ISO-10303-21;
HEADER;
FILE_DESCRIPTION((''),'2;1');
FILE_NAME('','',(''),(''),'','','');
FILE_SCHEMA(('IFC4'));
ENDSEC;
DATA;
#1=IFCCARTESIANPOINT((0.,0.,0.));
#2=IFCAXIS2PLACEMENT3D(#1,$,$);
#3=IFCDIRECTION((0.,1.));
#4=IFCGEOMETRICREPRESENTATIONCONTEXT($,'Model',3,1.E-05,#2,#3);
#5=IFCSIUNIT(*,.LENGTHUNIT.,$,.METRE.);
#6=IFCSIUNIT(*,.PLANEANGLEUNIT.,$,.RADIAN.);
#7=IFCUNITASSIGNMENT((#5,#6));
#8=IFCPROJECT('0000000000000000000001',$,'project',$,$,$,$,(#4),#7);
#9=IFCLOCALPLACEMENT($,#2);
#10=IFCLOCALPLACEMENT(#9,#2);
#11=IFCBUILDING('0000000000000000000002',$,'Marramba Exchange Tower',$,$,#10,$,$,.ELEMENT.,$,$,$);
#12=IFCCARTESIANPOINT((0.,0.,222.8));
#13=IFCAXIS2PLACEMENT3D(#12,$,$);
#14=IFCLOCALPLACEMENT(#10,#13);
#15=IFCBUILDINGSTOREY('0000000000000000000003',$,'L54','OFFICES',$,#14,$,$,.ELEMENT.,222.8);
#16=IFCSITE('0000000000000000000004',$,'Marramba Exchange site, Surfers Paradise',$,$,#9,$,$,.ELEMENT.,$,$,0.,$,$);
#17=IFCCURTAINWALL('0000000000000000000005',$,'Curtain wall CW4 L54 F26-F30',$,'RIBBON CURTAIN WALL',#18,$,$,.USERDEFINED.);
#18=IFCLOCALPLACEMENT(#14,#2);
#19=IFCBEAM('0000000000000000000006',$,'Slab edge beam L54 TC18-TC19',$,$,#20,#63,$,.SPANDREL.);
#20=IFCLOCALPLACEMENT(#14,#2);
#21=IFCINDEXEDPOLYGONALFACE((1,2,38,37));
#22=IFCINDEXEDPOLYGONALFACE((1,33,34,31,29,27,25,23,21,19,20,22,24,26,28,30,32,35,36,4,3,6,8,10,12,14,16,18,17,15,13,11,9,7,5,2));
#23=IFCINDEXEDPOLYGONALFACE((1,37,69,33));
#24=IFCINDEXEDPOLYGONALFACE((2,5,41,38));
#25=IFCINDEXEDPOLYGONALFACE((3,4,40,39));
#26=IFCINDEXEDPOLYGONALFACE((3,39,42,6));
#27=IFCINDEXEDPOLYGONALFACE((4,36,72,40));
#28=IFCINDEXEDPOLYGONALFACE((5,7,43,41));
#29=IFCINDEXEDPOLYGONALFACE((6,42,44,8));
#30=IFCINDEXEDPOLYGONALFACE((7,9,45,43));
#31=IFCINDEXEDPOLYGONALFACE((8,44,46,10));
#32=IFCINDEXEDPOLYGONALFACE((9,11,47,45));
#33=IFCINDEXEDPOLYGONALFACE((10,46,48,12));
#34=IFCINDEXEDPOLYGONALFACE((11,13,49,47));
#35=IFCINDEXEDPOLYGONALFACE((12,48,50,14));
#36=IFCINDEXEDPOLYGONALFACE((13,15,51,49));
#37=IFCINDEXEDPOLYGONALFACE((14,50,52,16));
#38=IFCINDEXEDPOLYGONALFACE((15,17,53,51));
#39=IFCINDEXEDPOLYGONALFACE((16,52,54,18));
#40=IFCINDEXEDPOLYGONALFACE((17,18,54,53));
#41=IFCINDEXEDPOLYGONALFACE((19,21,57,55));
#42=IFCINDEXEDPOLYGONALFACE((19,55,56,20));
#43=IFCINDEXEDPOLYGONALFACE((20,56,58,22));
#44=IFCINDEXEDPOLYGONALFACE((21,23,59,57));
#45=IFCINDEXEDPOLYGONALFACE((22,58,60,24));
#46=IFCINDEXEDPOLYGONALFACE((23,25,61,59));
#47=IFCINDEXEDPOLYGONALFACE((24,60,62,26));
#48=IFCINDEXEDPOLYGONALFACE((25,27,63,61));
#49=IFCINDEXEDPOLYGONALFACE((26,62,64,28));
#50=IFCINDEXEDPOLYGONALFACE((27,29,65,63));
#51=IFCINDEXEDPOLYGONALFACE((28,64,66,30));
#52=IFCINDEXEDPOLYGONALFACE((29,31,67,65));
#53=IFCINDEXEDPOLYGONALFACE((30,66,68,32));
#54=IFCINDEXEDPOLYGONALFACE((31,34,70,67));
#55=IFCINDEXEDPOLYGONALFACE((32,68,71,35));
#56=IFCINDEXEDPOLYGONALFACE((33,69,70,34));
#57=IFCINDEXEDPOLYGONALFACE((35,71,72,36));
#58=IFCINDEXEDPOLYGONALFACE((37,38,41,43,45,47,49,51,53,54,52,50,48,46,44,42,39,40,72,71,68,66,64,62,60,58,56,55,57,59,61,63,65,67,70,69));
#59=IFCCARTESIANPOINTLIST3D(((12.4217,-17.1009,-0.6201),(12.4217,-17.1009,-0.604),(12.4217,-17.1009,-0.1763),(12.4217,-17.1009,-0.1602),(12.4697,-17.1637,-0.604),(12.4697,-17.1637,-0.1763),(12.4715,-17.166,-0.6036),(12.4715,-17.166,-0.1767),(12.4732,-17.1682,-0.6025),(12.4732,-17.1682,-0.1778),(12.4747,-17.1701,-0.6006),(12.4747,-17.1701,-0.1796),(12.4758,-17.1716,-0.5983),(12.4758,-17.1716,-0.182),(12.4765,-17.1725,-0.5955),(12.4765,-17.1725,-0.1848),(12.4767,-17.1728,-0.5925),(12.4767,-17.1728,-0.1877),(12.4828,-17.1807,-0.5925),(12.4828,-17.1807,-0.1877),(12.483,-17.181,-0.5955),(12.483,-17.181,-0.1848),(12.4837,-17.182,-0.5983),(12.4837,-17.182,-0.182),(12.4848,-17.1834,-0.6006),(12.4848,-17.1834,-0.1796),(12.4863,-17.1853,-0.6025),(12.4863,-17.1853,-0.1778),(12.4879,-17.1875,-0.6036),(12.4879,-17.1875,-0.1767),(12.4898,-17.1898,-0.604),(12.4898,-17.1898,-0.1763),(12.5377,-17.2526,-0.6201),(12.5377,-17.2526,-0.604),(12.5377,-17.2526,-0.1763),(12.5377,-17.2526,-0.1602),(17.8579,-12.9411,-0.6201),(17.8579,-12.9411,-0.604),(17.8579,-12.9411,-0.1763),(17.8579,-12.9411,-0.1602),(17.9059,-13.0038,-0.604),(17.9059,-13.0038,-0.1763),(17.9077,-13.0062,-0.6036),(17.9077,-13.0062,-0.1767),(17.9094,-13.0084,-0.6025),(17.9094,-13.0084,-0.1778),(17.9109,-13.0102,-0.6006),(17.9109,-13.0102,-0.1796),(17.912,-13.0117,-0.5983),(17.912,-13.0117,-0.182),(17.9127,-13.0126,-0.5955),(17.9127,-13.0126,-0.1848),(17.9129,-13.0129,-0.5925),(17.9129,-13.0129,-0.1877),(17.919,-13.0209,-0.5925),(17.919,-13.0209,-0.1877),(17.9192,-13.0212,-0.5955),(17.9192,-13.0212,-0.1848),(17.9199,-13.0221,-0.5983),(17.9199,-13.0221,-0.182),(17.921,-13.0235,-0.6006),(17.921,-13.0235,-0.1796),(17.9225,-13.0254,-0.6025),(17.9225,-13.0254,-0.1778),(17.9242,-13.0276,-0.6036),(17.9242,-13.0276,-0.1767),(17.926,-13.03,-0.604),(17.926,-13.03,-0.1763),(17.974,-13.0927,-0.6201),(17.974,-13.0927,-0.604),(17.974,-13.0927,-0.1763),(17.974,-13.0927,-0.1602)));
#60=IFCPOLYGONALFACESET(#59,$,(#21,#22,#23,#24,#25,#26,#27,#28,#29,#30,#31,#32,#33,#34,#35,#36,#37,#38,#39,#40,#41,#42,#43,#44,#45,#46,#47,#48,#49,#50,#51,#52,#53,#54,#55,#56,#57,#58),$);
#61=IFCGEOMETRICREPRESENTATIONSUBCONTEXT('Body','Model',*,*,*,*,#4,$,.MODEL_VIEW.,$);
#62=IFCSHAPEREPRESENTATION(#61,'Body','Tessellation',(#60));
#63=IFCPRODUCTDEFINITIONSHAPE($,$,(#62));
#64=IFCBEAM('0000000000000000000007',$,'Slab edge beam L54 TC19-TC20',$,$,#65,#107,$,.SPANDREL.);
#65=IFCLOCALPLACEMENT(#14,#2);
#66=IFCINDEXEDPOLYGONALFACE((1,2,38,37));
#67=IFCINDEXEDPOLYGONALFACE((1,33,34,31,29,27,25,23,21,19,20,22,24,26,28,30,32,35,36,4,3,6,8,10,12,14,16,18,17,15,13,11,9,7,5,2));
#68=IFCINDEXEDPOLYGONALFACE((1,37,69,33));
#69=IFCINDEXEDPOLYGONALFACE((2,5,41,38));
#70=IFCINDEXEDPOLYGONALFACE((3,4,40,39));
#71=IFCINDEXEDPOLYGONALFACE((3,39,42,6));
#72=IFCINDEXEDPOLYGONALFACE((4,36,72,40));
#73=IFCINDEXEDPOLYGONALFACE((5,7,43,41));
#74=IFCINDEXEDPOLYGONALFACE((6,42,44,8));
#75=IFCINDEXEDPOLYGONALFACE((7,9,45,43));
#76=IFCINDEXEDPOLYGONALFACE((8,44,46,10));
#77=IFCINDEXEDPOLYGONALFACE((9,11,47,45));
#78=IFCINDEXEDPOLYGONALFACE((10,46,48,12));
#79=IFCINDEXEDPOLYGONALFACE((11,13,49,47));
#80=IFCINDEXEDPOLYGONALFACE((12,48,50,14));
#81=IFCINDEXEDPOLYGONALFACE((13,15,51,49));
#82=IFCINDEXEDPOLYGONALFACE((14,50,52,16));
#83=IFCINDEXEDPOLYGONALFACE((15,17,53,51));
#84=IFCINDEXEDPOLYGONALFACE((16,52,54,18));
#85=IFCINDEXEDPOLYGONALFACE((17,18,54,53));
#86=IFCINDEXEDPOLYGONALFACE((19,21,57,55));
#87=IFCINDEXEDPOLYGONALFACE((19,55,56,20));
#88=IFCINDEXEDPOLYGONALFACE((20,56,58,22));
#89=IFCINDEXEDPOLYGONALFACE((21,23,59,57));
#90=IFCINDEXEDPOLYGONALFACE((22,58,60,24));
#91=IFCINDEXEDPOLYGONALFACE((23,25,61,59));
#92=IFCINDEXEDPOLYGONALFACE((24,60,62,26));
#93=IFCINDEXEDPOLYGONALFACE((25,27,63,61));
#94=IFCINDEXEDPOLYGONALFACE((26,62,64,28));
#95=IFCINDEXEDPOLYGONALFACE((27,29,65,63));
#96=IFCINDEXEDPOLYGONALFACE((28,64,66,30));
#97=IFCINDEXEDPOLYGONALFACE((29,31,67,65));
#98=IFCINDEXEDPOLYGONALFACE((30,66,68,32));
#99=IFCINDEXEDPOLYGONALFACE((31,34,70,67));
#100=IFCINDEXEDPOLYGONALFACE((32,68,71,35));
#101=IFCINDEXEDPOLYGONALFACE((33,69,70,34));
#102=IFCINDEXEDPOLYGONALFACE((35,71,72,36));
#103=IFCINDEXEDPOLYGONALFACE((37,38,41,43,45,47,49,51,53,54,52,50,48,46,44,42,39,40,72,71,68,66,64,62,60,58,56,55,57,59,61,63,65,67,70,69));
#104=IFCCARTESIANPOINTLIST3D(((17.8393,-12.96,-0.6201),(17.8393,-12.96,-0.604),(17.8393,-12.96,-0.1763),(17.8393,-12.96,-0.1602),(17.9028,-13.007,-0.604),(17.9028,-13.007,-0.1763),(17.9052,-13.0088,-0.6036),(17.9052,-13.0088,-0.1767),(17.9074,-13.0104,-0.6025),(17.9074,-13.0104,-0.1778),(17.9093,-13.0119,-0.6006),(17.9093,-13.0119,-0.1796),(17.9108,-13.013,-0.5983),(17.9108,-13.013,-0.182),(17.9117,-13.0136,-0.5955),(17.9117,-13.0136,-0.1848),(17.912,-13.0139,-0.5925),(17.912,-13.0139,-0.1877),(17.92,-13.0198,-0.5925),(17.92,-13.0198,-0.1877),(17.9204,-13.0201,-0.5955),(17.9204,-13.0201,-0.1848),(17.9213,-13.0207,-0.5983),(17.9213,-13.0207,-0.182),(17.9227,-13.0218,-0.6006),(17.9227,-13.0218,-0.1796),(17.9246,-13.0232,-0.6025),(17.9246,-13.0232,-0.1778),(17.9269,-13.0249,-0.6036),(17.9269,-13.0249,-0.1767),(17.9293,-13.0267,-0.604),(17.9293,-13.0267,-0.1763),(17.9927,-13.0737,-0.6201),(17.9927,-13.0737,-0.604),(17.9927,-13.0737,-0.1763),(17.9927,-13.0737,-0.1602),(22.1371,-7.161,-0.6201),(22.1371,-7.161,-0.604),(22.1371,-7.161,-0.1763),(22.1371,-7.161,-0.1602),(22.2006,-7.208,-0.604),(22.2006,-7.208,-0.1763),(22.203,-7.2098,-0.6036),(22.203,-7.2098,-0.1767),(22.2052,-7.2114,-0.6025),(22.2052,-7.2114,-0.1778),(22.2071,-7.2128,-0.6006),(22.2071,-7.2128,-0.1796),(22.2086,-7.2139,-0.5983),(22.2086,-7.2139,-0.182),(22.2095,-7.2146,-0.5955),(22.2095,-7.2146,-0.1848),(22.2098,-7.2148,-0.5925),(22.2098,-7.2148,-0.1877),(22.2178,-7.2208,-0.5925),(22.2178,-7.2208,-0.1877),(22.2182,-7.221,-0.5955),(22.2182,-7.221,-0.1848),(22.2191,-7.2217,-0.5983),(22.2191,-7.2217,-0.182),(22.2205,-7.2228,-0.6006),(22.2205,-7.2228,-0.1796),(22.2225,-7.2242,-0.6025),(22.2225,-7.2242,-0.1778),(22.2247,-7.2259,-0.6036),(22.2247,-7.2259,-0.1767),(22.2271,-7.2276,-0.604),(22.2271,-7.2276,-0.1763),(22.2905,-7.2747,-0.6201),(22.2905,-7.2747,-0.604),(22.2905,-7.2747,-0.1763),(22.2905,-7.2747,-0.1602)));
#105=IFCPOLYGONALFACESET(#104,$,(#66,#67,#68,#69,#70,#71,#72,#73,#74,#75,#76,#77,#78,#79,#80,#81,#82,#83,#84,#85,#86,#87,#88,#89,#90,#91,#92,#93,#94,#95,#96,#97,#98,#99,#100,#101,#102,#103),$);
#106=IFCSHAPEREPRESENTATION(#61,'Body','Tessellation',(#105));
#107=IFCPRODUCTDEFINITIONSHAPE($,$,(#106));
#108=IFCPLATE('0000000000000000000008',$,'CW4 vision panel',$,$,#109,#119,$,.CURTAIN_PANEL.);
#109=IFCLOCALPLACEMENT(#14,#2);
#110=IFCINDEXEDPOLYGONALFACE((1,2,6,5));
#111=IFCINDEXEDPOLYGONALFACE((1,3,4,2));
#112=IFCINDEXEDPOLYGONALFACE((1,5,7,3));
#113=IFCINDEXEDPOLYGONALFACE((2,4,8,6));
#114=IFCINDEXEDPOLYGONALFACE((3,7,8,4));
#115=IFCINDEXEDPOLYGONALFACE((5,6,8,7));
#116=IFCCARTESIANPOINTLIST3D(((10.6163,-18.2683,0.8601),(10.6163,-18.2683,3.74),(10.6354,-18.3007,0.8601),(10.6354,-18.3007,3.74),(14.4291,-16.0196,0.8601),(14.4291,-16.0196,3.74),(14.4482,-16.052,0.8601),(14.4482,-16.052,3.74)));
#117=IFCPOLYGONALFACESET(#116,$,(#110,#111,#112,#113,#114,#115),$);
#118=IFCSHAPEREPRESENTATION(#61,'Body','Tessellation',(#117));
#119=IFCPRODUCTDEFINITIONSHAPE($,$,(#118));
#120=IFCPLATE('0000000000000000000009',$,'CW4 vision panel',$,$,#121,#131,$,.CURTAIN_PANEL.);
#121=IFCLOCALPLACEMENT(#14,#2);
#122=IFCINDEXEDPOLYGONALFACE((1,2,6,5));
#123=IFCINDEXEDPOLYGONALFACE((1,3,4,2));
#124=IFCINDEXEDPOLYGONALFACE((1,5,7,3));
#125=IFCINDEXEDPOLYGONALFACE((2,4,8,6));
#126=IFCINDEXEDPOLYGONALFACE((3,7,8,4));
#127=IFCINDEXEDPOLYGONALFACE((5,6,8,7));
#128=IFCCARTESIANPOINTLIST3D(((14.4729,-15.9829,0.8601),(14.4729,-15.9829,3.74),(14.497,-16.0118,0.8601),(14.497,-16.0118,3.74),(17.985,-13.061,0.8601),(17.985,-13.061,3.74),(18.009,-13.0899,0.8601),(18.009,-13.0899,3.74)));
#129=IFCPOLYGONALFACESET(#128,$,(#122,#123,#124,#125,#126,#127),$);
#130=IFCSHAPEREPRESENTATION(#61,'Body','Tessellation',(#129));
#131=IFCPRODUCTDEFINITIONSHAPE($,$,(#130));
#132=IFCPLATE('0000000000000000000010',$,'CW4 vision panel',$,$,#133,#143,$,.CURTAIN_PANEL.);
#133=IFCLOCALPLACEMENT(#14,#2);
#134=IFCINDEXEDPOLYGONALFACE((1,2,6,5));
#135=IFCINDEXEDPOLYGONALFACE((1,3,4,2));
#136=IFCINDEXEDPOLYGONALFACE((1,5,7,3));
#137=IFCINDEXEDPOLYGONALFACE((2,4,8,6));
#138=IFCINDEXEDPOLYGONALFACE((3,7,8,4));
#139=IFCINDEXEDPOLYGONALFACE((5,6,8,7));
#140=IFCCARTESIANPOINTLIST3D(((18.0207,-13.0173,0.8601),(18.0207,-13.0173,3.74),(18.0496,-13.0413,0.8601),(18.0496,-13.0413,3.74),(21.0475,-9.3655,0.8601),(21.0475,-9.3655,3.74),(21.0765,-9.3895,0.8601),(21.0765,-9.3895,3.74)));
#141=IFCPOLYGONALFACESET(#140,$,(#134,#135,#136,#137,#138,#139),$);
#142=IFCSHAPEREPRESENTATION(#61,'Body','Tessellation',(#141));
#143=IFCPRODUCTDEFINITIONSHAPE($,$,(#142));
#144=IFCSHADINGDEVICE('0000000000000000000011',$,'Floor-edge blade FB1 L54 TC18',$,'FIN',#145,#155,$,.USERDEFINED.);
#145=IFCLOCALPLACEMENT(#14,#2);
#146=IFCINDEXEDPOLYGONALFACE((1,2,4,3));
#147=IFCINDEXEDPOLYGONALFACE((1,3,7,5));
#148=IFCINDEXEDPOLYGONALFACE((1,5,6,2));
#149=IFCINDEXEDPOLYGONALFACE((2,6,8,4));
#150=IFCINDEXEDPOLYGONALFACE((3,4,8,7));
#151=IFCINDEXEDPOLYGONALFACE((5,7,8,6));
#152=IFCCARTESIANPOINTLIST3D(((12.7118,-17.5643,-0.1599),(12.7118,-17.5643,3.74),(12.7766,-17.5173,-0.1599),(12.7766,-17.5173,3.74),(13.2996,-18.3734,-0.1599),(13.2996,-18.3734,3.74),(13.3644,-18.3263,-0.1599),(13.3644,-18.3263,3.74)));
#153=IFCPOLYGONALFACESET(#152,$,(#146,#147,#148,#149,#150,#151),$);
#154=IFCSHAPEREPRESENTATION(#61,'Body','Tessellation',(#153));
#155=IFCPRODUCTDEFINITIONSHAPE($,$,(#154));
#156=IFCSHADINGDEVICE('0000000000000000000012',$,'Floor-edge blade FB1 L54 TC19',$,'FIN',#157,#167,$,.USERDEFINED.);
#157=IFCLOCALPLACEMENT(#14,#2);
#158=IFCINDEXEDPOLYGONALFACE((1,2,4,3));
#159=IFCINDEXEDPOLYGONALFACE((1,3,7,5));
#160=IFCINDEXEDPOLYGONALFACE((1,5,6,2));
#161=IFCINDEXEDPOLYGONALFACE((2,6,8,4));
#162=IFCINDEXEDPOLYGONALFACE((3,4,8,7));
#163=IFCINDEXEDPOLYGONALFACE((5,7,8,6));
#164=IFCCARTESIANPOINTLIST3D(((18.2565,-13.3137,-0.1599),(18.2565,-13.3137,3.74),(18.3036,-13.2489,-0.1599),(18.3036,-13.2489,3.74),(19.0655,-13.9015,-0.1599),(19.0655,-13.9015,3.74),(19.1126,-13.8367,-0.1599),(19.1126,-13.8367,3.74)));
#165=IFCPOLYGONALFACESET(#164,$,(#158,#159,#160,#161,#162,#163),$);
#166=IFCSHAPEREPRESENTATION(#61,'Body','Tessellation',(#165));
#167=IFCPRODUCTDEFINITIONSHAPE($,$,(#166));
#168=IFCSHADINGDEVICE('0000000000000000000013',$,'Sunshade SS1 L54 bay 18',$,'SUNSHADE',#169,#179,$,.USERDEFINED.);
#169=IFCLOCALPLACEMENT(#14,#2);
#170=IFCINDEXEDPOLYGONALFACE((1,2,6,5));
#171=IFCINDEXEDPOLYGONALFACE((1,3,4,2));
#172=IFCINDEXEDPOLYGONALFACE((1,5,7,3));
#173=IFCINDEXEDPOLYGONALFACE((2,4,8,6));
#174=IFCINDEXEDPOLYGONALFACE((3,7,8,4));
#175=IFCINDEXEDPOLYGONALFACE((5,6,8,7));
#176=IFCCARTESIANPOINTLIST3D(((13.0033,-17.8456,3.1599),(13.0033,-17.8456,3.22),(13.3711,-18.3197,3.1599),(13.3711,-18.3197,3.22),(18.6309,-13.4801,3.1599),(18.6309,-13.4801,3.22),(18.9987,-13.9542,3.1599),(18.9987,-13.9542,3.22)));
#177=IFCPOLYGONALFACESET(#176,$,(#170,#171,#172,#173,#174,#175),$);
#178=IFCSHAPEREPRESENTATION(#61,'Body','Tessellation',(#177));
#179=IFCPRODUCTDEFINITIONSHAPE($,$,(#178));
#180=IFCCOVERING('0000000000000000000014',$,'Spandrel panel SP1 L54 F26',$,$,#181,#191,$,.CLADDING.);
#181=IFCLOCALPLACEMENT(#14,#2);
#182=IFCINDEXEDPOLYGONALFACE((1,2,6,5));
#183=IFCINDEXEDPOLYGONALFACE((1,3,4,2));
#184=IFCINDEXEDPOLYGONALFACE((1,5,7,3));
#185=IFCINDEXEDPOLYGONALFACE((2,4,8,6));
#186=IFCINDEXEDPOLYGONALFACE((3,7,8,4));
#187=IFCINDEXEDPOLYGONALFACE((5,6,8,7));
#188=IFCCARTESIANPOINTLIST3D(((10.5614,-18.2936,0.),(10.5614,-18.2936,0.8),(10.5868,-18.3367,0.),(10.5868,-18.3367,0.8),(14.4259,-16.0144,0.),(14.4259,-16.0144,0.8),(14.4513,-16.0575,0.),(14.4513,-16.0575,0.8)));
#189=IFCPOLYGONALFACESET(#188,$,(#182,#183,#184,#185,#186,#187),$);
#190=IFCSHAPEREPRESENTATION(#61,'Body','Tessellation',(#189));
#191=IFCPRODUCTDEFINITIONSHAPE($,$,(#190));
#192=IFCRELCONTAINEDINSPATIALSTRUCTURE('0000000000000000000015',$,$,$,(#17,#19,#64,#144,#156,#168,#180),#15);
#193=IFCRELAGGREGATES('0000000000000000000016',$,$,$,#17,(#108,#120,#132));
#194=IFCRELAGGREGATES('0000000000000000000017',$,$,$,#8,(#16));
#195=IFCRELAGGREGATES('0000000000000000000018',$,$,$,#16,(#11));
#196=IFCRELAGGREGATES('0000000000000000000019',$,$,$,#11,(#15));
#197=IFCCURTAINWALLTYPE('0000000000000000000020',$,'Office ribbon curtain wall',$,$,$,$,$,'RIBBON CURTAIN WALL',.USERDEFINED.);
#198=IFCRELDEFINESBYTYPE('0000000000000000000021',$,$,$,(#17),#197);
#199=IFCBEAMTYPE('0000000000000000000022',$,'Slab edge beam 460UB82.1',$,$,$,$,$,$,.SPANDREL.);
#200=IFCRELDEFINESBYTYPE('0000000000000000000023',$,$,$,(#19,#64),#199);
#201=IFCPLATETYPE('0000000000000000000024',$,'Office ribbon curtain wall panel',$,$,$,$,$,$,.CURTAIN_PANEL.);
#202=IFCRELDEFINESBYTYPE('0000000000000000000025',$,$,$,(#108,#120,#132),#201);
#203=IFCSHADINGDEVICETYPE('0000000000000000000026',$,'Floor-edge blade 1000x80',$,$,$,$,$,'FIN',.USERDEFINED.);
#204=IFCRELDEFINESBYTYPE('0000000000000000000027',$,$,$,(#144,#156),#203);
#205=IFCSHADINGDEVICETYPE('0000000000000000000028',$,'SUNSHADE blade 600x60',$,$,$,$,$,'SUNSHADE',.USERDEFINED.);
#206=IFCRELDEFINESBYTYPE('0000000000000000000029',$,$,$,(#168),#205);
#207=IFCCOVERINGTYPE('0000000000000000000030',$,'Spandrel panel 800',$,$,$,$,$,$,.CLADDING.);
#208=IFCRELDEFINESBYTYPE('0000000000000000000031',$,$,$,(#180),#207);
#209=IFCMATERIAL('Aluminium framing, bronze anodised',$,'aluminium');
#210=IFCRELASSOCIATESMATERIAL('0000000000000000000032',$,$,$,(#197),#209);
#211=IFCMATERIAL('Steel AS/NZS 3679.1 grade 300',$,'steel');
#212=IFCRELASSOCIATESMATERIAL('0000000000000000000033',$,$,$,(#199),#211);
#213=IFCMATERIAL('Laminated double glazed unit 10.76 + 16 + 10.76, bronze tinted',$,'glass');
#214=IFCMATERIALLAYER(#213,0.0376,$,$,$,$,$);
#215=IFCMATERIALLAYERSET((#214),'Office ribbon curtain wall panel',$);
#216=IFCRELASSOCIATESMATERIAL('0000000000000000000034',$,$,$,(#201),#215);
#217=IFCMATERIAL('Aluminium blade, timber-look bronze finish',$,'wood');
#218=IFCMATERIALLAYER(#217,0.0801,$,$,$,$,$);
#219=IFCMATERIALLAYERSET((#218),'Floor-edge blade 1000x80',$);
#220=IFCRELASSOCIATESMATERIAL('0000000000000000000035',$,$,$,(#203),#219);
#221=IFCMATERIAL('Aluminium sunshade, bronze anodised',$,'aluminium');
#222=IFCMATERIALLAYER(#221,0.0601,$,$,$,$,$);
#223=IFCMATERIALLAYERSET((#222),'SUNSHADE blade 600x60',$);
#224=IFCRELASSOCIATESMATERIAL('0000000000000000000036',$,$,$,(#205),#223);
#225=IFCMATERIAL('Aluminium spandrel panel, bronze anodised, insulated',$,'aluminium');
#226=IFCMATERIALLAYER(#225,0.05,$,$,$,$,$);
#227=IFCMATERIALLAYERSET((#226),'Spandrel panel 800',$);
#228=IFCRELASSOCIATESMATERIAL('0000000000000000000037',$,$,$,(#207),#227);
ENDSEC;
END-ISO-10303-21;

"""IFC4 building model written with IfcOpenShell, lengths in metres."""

from ifc_helpers import new_model, si_unit, direction, frame, origin, origin_2d, place, context, subcontext, project, spatial, rectangle, i_section, extrude, material, layer, layer_set, material_profile, profile_set, type_object, element, aggregate, save


model = new_model("IFC4")

# Units and contexts
model_context = context("Model", 3, precision=1e-05, world=origin(), true_north=direction((0.0, 1.0)))
body_context = subcontext(model_context, "Body", "Model", "MODEL_VIEW")
ifc_project = project(units=[si_unit("LENGTHUNIT", "METRE"), si_unit("PLANEANGLEUNIT", "RADIAN")], contexts=[model_context])

# Site, building, storey
site_placement = place(None, origin())
site = spatial("IfcSite", under=ifc_project, at=site_placement, Name="Marramba Exchange site, Surfers Paradise", CompositionType="ELEMENT", RefElevation=0.0)
building_placement = place(site_placement, origin())
building = spatial("IfcBuilding", under=site, at=building_placement, Name="Marramba Exchange Tower", CompositionType="ELEMENT")
storey_placement = place(building_placement, frame((0.0, 0.0, 222.8)))
storey = spatial("IfcBuildingStorey", under=building, at=storey_placement, Name="L54", Description="OFFICES", CompositionType="ELEMENT", Elevation=222.8)

# Curtain wall
ifc_material_1 = material(Name="Aluminium framing, bronze anodised", Category="aluminium")
curtain_wall_type = type_object("IfcCurtainWallType", Name="Office ribbon curtain wall", ElementType="RIBBON CURTAIN WALL", PredefinedType="USERDEFINED", material=ifc_material_1)
curtain_wall_placement = place(storey_placement, origin())
curtain_wall = element("IfcCurtainWall", 1, at=curtain_wall_placement, inside=storey, type_object=curtain_wall_type, Name="Curtain wall CW4 L54 F26-F30", ObjectType="RIBBON CURTAIN WALL", PredefinedType="USERDEFINED")

# Beams
ifc_material_2 = material(Name="Steel AS/NZS 3679.1 grade 300", Category="steel")
ifc_material_profile_1 = material_profile(ifc_material_2, i_section(OverallWidth=0.1909, OverallDepth=0.46, WebThickness=0.01, FlangeThickness=0.0161, FilletRadius=0.0115, at=origin_2d()), Name="460UB82.1")
ifc_profile_set_1 = profile_set([ifc_material_profile_1], Name="Steel AS/NZS 3679.1 grade 300")
beam_type_1 = type_object("IfcBeamType", Name="Slab edge beam 460UB82.1", PredefinedType="SPANDREL", material=ifc_profile_set_1)
beam_1_placement = place(storey_placement, frame((12.4797, -17.1768, -0.3901), z_axis=(0.794163, 0.607704, 0.0), x_axis=(-0.607704, 0.794163, 0.0)))
element("IfcBeam", 2, at=beam_1_placement, inside=storey, type_object=beam_type_1, Name="Slab edge beam L54 TC18-TC19", PredefinedType="SPANDREL", context=body_context, shape_type="SweptSolid", body=[
    extrude(i_section(OverallWidth=0.1909, OverallDepth=0.46, WebThickness=0.01, FlangeThickness=0.0161, FilletRadius=0.0115, at=origin_2d()), origin(), (0.0, 0.0, 1.0), 6.8452),
])
beam_2_placement = place(storey_placement, frame((17.916, -13.0168, -0.3901), z_axis=(0.595428, 0.803409, 0.0), x_axis=(-0.803409, 0.595428, 0.0)))
element("IfcBeam", 3, at=beam_2_placement, inside=storey, type_object=beam_type_1, Name="Slab edge beam L54 TC19-TC20", PredefinedType="SPANDREL", context=body_context, shape_type="SweptSolid", body=[
    extrude(i_section(OverallWidth=0.1909, OverallDepth=0.46, WebThickness=0.01, FlangeThickness=0.0161, FilletRadius=0.0115, at=origin_2d()), origin(), (0.0, 0.0, 1.0), 7.218),
])

# Plates
ifc_material_3 = material(Name="Laminated double glazed unit 10.76 + 16 + 10.76, bronze tinted", Category="glass")
ifc_layer_1 = layer(ifc_material_3, 0.0376)
ifc_layer_set_1 = layer_set([ifc_layer_1], Name="Office ribbon curtain wall panel")
plate_type = type_object("IfcPlateType", Name="Office ribbon curtain wall panel", PredefinedType="CURTAIN_PANEL", material=ifc_layer_set_1)
plate_1_placement = place(storey_placement, frame((12.5322, -17.1602, 0.8601), z_axis=(0.0, 0.0, 1.0), x_axis=(0.861351, 0.508011, 0.0)))
plate_1 = element("IfcPlate", 4, at=plate_1_placement, type_object=plate_type, Name="CW4 vision panel", PredefinedType="CURTAIN_PANEL", context=body_context, shape_type="SweptSolid", body=[
    extrude(rectangle(XDim=4.4265, YDim=0.0376, at=origin_2d()), origin(), (0.0, 0.0, 1.0), 2.8799),
])
plate_2_placement = place(storey_placement, frame((16.241, -14.5364, 0.8601), z_axis=(0.0, 0.0, 1.0), x_axis=(0.768737, 0.639565, 0.0)))
plate_2 = element("IfcPlate", 5, at=plate_2_placement, type_object=plate_type, Name="CW4 vision panel", PredefinedType="CURTAIN_PANEL", context=body_context, shape_type="SweptSolid", body=[
    extrude(rectangle(XDim=4.5686, YDim=0.0376, at=origin_2d()), origin(), (0.0, 0.0, 1.0), 2.8799),
])
plate_3_placement = place(storey_placement, frame((19.5486, -11.2034, 0.8601), z_axis=(0.0, 0.0, 1.0), x_axis=(0.63815, 0.769912, 0.0)))
plate_3 = element("IfcPlate", 6, at=plate_3_placement, type_object=plate_type, Name="CW4 vision panel", PredefinedType="CURTAIN_PANEL", context=body_context, shape_type="SweptSolid", body=[
    extrude(rectangle(XDim=4.7432, YDim=0.0376, at=origin_2d()), origin(), (0.0, 0.0, 1.0), 2.8799),
])
aggregate(curtain_wall, [plate_1, plate_2, plate_3])

# Shading devices
ifc_material_4 = material(Name="Aluminium blade, timber-look bronze finish", Category="wood")
ifc_layer_2 = layer(ifc_material_4, 0.0801)
ifc_layer_set_2 = layer_set([ifc_layer_2], Name="Floor-edge blade 1000x80")
shading_device_type_1 = type_object("IfcShadingDeviceType", Name="Floor-edge blade 1000x80", ElementType="FIN", PredefinedType="USERDEFINED", material=ifc_layer_set_2)
for number, where, z_axis, x_axis, name in (
    (7, (13.0381, -17.9453, -0.1599), (0.0, 0.0, 1.0), (0.587785, -0.809017, 0.0), "Floor-edge blade FB1 L54 TC18"),
    (8, (18.6846, -13.5752, -0.1599), (0.0, 0.0, 1.0), (0.809017, -0.587785, 0.0), "Floor-edge blade FB1 L54 TC19"),
):
    element("IfcShadingDevice", number, at=place(storey_placement, frame(where, z_axis=z_axis, x_axis=x_axis)), inside=storey, type_object=shading_device_type_1, Name=name, ObjectType="FIN", PredefinedType="USERDEFINED", context=body_context, shape_type="SweptSolid", body=[
        extrude(rectangle(XDim=1.0, YDim=0.0801, at=origin_2d()), origin(), (0.0, 0.0, 1.0), 3.8999),
    ])
ifc_material_5 = material(Name="Aluminium sunshade, bronze anodised", Category="aluminium")
ifc_layer_3 = layer(ifc_material_5, 0.0601)
ifc_layer_set_3 = layer_set([ifc_layer_3], Name="SUNSHADE blade 600x60")
shading_device_type_2 = type_object("IfcShadingDeviceType", Name="SUNSHADE blade 600x60", ElementType="SUNSHADE", PredefinedType="USERDEFINED", material=ifc_layer_set_3)
shading_device_placement = place(storey_placement, frame((16.001, -15.8999, 3.1599), z_axis=(0.0, 0.0, 1.0), x_axis=(0.790133, 0.612935, 0.0)))
element("IfcShadingDevice", 9, at=shading_device_placement, inside=storey, type_object=shading_device_type_2, Name="Sunshade SS1 L54 bay 18", ObjectType="SUNSHADE", PredefinedType="USERDEFINED", context=body_context, shape_type="SweptSolid", body=[
    extrude(rectangle(XDim=7.1223, YDim=0.6001, at=origin_2d()), origin(), (0.0, 0.0, 1.0), 0.0601),
])

# Covering
ifc_material_6 = material(Name="Aluminium spandrel panel, bronze anodised, insulated", Category="aluminium")
ifc_layer_4 = layer(ifc_material_6, 0.05)
ifc_layer_set_4 = layer_set([ifc_layer_4], Name="Spandrel panel 800")
covering_type = type_object("IfcCoveringType", Name="Spandrel panel 800", PredefinedType="CLADDING", material=ifc_layer_set_4)
covering_1_placement = place(storey_placement, frame((12.5063, -17.1755, 0.0), z_axis=(0.0, 0.0, 1.0), x_axis=(0.861351, 0.508011, 0.0)))
element("IfcCovering", 10, at=covering_1_placement, inside=storey, type_object=covering_type, Name="Spandrel panel SP1 L54 F26", PredefinedType="CLADDING", context=body_context, shape_type="SweptSolid", body=[
    extrude(rectangle(XDim=4.4866, YDim=0.05, at=origin_2d()), origin(), (0.0, 0.0, 1.0), 0.8),
])

save(model, "model.ifc")
